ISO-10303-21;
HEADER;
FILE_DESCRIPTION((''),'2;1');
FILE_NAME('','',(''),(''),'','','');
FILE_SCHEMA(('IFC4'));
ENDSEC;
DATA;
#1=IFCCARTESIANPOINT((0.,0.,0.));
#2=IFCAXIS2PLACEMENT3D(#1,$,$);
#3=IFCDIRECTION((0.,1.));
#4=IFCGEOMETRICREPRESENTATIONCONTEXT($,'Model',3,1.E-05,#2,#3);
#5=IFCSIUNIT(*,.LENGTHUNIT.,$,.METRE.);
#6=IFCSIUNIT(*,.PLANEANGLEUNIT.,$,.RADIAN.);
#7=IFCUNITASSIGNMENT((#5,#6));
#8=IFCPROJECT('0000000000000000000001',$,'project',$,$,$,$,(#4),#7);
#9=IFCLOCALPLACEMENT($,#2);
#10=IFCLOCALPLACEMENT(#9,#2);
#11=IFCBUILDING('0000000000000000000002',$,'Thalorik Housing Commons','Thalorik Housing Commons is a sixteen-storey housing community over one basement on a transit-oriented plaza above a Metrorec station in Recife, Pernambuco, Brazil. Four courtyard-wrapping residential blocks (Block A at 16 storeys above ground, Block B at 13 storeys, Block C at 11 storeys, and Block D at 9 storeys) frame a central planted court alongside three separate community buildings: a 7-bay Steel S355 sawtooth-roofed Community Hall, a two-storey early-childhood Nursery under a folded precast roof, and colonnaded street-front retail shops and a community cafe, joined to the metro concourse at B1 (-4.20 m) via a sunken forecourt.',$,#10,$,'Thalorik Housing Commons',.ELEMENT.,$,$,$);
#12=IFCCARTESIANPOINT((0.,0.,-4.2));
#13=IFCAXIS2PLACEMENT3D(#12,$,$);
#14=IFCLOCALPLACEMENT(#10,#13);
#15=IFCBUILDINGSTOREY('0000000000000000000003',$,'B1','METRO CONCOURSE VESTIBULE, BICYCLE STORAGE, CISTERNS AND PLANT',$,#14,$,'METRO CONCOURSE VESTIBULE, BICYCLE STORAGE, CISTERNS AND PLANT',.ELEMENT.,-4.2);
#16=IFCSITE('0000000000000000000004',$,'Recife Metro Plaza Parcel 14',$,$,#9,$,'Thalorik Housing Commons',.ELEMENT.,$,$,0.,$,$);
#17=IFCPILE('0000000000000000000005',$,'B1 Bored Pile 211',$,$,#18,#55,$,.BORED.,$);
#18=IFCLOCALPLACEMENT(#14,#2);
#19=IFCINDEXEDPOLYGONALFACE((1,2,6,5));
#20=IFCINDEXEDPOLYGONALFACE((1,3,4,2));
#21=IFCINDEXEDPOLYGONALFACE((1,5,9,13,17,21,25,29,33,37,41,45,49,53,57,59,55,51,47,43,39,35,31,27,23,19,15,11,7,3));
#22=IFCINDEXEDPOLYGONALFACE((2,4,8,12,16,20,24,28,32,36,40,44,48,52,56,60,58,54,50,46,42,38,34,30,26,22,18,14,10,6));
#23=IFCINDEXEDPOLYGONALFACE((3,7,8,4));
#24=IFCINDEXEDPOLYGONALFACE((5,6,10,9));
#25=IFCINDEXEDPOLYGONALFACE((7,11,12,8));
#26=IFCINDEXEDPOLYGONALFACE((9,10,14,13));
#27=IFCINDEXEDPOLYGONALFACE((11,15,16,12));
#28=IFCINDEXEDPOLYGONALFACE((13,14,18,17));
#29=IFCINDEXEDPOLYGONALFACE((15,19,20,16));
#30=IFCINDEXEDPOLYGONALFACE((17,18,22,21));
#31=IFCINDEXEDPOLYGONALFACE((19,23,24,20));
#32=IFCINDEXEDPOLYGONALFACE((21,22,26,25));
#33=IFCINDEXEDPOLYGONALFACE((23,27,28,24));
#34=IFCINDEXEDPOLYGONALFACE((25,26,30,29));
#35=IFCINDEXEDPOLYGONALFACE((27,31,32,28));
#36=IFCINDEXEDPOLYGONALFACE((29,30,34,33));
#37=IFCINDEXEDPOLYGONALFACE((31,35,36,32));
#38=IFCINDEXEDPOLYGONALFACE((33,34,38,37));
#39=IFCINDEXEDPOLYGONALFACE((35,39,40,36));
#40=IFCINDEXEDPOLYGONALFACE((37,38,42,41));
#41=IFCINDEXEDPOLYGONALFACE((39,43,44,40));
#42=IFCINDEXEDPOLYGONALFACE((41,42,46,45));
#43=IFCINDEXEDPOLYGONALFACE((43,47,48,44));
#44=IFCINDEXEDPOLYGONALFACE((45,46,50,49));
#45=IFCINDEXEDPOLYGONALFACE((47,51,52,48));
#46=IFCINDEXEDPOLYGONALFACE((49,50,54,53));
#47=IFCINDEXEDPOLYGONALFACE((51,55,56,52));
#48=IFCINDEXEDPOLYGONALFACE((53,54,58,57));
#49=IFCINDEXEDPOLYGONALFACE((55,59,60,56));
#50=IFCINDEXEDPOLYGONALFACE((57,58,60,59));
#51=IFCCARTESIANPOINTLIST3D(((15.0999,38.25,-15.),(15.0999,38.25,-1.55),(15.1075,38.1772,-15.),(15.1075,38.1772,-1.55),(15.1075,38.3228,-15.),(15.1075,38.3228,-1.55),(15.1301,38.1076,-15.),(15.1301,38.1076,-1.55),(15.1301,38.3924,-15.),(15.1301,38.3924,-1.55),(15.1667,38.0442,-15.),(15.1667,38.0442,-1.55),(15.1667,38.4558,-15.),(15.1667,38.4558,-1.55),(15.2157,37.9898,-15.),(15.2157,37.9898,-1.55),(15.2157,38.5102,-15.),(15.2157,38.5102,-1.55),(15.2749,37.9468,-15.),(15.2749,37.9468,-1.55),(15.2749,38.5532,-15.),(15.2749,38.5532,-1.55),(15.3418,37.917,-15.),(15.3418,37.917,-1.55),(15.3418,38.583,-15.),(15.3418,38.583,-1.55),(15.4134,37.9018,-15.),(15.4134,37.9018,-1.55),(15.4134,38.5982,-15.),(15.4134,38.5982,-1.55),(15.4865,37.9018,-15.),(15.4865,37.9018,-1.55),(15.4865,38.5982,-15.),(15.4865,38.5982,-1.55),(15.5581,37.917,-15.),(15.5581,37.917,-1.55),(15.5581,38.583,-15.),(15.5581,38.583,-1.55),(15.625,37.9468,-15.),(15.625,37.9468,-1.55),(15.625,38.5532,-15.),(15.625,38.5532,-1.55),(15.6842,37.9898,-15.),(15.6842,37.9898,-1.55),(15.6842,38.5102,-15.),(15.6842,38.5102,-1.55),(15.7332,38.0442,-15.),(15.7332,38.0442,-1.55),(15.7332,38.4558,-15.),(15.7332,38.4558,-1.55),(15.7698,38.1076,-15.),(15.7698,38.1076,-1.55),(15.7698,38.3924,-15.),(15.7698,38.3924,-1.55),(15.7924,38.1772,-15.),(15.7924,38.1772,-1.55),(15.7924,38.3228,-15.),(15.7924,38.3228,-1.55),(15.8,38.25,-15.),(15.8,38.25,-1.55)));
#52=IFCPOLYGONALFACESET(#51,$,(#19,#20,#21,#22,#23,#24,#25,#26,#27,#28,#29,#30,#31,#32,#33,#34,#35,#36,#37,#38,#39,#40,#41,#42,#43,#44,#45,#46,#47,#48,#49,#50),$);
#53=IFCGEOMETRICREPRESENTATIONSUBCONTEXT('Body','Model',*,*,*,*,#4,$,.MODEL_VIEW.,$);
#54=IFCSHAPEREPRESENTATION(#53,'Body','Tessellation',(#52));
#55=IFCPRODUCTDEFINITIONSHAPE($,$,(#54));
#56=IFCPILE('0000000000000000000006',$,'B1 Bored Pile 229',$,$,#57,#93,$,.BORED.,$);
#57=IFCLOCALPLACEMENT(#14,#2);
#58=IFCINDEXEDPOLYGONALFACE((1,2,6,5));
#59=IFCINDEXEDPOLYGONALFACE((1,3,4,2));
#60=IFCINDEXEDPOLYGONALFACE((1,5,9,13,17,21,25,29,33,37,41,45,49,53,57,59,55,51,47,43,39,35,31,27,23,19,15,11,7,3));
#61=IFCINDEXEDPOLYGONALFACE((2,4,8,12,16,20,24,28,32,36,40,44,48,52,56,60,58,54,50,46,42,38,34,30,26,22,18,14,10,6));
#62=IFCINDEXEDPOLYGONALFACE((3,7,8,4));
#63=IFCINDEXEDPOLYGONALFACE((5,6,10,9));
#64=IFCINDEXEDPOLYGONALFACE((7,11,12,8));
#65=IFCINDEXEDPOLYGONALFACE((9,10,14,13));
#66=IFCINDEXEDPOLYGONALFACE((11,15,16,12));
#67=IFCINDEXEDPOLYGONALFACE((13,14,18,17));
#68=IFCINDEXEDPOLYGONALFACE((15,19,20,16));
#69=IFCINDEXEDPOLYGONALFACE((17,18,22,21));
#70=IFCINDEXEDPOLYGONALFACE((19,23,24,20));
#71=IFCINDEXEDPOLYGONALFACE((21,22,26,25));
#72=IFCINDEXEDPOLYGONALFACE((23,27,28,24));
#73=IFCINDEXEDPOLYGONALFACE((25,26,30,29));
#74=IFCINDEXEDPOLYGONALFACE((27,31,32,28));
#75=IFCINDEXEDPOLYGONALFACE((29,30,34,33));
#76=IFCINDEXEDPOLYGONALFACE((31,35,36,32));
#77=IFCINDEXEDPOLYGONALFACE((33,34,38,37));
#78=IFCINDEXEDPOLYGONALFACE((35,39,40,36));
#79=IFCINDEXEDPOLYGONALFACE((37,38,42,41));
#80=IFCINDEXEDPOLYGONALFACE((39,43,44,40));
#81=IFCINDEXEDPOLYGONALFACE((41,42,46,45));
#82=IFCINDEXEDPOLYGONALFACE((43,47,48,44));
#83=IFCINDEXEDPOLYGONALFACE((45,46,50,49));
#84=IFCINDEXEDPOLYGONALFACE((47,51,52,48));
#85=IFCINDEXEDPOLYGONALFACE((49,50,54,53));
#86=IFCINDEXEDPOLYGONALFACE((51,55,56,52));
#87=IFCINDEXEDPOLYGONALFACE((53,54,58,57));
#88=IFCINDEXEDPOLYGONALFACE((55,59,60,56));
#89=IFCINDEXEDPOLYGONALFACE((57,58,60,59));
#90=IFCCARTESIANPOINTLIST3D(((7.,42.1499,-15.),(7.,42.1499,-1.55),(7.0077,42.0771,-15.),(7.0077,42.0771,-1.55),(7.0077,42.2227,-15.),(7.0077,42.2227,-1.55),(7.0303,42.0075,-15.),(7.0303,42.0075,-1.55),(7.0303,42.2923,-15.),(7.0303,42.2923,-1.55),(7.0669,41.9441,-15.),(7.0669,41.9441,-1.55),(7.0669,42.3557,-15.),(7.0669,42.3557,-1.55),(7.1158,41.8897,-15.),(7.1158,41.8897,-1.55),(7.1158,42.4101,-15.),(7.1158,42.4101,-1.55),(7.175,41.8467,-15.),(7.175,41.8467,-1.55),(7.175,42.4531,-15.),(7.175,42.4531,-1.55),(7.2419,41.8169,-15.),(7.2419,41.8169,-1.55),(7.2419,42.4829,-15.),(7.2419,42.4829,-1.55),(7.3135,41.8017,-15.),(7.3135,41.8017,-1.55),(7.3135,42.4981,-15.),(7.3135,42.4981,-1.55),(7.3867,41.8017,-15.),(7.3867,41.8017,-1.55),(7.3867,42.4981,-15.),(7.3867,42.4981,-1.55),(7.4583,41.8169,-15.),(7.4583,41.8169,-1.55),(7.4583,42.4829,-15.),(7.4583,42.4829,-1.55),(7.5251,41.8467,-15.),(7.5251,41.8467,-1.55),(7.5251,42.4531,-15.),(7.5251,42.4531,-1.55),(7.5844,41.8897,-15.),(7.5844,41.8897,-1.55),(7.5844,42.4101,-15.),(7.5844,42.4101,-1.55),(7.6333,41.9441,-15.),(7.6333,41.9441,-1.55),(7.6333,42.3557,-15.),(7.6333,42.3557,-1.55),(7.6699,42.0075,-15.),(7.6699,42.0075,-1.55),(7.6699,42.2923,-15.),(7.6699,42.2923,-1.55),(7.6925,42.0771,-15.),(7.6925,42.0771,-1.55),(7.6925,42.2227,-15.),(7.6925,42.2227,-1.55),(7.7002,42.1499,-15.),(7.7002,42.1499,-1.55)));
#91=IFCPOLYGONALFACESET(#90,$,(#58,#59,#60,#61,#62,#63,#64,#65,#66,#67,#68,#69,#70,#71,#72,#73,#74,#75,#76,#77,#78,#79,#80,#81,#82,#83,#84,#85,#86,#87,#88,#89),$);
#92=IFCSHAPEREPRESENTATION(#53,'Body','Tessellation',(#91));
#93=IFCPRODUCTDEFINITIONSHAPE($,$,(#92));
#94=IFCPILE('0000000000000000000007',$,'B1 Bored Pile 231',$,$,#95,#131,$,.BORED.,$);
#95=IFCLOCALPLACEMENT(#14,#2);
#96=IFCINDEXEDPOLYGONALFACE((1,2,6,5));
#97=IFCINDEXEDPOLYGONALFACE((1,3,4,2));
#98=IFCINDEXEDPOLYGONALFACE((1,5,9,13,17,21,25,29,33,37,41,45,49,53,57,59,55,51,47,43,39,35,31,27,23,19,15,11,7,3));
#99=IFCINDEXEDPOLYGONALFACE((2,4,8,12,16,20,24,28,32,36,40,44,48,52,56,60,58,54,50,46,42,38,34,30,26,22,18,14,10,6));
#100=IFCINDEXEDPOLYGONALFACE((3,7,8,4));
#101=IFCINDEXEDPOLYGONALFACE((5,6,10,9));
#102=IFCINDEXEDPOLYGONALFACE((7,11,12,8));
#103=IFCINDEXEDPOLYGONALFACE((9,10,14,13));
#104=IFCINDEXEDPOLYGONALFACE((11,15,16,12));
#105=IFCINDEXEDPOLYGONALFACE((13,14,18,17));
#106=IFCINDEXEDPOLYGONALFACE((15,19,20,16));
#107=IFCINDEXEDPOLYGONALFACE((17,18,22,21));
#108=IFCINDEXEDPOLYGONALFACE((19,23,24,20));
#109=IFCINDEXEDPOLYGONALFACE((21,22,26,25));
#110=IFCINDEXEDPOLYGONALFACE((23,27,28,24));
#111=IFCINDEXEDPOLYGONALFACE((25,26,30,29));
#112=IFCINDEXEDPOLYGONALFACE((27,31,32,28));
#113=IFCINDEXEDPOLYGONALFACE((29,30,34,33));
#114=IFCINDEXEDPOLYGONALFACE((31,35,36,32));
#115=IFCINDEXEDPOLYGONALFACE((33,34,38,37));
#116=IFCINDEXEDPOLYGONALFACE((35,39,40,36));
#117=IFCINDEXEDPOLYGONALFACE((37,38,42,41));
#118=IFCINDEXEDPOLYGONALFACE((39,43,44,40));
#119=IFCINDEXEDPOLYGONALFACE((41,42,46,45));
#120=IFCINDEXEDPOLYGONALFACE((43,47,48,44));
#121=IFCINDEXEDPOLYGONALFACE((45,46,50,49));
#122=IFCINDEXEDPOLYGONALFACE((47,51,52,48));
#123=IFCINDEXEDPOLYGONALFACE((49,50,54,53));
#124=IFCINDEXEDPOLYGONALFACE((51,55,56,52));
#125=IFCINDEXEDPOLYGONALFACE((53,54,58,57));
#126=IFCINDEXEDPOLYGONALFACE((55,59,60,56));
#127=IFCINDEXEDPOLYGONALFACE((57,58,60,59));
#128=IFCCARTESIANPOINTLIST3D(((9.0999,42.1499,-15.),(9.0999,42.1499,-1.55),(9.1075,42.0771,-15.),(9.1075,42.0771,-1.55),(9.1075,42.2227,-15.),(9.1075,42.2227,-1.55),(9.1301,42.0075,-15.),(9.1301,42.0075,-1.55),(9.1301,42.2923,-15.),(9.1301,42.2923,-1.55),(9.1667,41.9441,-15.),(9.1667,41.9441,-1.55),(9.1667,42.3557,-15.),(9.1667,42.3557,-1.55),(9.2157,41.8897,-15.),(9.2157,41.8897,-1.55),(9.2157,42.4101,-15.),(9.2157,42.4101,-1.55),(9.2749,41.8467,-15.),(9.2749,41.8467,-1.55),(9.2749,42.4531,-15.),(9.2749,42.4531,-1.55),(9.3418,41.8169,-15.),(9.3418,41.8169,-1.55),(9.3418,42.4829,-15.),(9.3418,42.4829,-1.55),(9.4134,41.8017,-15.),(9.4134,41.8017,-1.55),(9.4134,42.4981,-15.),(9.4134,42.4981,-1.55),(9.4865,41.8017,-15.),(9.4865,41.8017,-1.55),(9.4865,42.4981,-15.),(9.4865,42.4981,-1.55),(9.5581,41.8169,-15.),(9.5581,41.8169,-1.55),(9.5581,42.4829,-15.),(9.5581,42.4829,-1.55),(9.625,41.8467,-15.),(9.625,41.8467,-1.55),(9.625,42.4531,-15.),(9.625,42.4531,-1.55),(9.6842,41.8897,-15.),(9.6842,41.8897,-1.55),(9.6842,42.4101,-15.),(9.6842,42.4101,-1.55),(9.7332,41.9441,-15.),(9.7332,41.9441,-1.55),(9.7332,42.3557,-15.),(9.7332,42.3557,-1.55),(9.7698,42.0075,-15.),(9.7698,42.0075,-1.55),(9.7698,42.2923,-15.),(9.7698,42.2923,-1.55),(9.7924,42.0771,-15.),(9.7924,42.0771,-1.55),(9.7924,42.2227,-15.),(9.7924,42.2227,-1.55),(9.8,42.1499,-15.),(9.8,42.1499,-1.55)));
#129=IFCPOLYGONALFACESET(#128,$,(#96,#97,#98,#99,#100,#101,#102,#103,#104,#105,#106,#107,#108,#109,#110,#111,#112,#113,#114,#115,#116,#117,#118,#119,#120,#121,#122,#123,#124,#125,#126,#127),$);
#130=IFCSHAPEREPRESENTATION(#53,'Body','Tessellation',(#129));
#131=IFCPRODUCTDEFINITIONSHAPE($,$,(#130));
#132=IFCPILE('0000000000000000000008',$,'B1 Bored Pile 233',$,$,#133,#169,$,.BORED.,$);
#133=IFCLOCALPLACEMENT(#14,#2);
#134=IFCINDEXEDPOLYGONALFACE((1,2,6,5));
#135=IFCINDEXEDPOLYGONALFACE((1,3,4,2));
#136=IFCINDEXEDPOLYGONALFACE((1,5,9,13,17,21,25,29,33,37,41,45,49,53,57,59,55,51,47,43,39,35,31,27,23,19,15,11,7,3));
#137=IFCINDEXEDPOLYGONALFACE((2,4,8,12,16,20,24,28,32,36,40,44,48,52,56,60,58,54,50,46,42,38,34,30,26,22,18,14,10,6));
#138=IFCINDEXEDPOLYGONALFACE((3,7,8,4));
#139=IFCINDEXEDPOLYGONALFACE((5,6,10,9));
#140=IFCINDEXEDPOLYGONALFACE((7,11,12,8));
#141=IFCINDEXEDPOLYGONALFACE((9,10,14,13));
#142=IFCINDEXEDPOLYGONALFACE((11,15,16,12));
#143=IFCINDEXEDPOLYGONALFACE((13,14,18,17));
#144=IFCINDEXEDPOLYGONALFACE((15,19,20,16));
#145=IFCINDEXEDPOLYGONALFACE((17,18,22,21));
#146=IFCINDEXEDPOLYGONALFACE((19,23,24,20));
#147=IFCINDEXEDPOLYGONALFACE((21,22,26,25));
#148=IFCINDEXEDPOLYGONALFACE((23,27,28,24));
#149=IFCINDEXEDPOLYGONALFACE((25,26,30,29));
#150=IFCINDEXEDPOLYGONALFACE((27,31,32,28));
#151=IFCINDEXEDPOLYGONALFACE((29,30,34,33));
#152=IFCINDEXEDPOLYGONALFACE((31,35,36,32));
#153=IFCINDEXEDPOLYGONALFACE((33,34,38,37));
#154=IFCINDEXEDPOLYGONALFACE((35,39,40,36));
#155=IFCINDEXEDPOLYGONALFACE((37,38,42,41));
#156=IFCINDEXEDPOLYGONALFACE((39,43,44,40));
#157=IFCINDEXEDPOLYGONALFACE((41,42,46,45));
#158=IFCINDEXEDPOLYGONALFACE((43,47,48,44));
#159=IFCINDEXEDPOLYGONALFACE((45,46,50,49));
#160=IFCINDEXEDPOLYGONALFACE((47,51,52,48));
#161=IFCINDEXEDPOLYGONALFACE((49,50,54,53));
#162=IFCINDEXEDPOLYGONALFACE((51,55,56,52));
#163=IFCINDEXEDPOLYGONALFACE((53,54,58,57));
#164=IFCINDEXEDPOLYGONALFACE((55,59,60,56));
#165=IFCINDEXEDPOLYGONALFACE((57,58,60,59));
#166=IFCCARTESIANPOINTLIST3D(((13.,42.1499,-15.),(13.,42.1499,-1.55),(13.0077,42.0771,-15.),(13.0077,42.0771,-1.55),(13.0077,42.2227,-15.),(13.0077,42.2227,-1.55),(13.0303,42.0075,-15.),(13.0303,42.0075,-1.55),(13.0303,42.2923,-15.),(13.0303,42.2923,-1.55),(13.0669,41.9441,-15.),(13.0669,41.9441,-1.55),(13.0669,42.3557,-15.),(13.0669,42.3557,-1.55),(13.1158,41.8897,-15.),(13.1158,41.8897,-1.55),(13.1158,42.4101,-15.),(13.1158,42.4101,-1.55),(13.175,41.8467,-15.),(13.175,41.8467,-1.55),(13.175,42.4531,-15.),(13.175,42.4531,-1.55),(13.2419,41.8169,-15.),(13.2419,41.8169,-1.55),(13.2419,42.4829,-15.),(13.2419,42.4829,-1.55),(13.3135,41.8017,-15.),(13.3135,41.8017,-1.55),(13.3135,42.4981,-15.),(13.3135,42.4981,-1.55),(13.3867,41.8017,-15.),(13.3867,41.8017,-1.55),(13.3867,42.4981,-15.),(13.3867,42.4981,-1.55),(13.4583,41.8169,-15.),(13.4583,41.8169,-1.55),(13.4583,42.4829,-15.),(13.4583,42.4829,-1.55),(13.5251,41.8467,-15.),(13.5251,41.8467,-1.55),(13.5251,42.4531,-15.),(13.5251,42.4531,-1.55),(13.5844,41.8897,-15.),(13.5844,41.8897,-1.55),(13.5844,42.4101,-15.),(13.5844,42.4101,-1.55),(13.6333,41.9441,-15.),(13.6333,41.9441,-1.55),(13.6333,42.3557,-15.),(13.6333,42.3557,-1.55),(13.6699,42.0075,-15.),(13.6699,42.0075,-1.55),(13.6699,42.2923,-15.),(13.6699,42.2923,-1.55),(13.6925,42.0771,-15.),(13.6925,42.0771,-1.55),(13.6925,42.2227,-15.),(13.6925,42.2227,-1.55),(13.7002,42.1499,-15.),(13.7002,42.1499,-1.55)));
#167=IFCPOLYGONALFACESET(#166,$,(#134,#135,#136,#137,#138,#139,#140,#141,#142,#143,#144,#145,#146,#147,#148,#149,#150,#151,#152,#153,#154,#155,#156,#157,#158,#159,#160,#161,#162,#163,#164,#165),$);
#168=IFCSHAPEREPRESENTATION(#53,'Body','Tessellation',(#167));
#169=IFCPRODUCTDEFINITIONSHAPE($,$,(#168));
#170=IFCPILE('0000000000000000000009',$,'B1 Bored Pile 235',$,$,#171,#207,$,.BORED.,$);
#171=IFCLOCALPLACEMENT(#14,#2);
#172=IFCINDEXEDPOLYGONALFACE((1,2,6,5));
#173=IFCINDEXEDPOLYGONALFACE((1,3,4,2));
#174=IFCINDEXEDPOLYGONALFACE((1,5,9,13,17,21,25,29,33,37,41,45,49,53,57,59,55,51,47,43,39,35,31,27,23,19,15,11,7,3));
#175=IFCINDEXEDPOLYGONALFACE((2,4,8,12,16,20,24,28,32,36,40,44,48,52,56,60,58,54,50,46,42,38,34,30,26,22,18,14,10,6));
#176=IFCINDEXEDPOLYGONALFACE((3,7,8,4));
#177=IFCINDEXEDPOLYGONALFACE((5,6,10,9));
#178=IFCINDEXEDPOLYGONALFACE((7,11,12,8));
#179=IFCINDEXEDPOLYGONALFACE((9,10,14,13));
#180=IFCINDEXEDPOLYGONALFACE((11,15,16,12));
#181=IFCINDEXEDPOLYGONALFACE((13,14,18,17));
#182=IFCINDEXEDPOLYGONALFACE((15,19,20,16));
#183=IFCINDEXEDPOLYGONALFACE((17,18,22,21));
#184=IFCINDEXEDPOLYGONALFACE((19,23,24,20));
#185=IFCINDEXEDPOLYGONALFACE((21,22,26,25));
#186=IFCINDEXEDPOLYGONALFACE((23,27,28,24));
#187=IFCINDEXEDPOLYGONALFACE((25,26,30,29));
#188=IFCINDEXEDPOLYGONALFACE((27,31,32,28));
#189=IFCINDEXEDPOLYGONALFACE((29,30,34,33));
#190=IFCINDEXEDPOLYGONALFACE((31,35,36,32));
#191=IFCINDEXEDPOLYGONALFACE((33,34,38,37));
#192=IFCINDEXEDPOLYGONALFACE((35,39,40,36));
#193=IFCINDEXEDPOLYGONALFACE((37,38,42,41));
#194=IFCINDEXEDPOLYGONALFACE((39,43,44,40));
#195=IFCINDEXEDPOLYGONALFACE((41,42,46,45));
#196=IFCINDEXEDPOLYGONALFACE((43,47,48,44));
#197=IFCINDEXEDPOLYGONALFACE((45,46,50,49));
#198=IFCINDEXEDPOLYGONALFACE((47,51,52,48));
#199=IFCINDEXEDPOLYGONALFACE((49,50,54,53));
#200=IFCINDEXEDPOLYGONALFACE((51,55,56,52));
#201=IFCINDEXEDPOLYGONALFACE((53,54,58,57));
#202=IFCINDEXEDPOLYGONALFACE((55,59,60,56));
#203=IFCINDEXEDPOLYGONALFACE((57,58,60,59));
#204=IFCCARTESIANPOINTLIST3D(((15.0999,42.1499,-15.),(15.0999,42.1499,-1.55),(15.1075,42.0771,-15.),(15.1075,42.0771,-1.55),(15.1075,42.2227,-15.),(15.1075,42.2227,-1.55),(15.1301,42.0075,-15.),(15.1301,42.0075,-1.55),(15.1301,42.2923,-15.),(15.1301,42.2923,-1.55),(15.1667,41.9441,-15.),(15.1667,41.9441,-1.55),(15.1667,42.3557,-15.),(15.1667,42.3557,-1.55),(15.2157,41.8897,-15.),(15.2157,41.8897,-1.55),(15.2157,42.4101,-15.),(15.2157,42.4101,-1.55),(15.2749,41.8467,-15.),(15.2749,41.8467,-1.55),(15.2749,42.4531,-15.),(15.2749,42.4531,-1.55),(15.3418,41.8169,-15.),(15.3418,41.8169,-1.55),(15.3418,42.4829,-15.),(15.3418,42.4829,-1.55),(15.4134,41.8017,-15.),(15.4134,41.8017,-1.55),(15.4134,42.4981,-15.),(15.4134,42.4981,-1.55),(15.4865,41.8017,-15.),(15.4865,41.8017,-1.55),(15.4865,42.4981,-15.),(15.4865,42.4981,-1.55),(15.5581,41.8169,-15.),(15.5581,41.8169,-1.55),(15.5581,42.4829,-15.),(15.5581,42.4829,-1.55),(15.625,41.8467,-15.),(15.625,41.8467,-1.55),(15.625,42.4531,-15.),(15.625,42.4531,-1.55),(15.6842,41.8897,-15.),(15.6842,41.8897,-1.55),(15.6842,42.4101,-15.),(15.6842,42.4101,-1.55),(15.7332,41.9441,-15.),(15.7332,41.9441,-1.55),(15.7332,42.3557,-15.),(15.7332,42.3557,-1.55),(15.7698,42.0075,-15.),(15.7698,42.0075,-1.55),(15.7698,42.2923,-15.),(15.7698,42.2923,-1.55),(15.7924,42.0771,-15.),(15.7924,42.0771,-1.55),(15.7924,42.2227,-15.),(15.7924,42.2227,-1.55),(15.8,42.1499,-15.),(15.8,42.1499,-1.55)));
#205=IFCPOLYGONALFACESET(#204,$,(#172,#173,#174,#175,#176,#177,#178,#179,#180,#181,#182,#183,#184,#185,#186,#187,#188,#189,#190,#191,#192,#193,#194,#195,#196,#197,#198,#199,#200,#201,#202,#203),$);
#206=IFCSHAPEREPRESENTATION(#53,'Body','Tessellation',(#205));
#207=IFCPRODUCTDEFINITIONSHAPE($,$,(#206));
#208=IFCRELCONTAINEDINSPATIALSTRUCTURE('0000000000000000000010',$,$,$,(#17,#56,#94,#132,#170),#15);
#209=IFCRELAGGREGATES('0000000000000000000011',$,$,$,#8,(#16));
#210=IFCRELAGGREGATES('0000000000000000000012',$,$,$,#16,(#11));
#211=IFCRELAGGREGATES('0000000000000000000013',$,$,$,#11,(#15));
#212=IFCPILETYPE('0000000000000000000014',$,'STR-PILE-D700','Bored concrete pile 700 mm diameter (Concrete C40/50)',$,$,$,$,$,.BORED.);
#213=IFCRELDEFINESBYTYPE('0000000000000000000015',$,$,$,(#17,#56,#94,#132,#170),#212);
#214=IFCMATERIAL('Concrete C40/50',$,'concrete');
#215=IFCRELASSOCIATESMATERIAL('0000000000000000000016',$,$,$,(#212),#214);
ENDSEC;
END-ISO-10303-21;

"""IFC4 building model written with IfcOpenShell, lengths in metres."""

from ifc_helpers import new_model, si_unit, direction, frame, origin, origin_2d, place, context, subcontext, project, spatial, circle, extrude, material, material_profile, profile_set, type_object, element, save


model = new_model("IFC4")

# Units and contexts
model_context = context("Model", 3, precision=1e-05, world=origin(), true_north=direction((0.0, 1.0)))
body_context = subcontext(model_context, "Body", "Model", "MODEL_VIEW")
ifc_project = project(units=[si_unit("LENGTHUNIT", "METRE"), si_unit("PLANEANGLEUNIT", "RADIAN")], contexts=[model_context])

# Site, building, storey
site_placement = place(None, origin())
site = spatial("IfcSite", under=ifc_project, at=site_placement, Name="Recife Metro Plaza Parcel 14", LongName="Thalorik Housing Commons", CompositionType="ELEMENT", RefElevation=0.0)
building_placement = place(site_placement, origin())
building = spatial("IfcBuilding", under=site, at=building_placement, Name="Thalorik Housing Commons", Description="Thalorik Housing Commons is a sixteen-storey housing community over one basement on a transit-oriented plaza above a Metrorec station in Recife, Pernambuco, Brazil. Four courtyard-wrapping residential blocks (Block A at 16 storeys above ground, Block B at 13 storeys, Block C at 11 storeys, and Block D at 9 storeys) frame a central planted court alongside three separate community buildings: a 7-bay Steel S355 sawtooth-roofed Community Hall, a two-storey early-childhood Nursery under a folded precast roof, and colonnaded street-front retail shops and a community cafe, joined to the metro concourse at B1 (-4.20 m) via a sunken forecourt.", LongName="Thalorik Housing Commons", CompositionType="ELEMENT")
storey_placement = place(building_placement, frame((0.0, 0.0, -4.2)))
storey = spatial("IfcBuildingStorey", under=building, at=storey_placement, Name="B1", Description="METRO CONCOURSE VESTIBULE, BICYCLE STORAGE, CISTERNS AND PLANT", LongName="METRO CONCOURSE VESTIBULE, BICYCLE STORAGE, CISTERNS AND PLANT", CompositionType="ELEMENT", Elevation=-4.2)

# Shared definitions
ifc_material_1 = material(Name="Concrete C40/50", Category="concrete")

# Piles
ifc_material_profile_1 = material_profile(ifc_material_1, circle(Radius=0.3501, at=origin_2d()), Name="BORED PILE D700", Category="concrete")
ifc_profile_set_1 = profile_set([ifc_material_profile_1], Name="Concrete C40/50")
pile_type = type_object("IfcPileType", Name="STR-PILE-D700", Description="Bored concrete pile 700 mm diameter (Concrete C40/50)", PredefinedType="BORED", material=ifc_profile_set_1)
for number, where, z_axis, x_axis, name in (
    (1, (15.45, 38.25, -1.55), (0.0, 0.0, -1.0), (1.0, 0.0, 0.0), "B1 Bored Pile 211"),
    (2, (7.3501, 42.1499, -1.55), (0.0, 0.0, -1.0), (1.0, 0.0, 0.0), "B1 Bored Pile 229"),
    (3, (9.45, 42.1499, -1.55), (0.0, 0.0, -1.0), (1.0, 0.0, 0.0), "B1 Bored Pile 231"),
    (4, (13.3501, 42.1499, -1.55), (0.0, 0.0, -1.0), (1.0, 0.0, 0.0), "B1 Bored Pile 233"),
    (5, (15.45, 42.1499, -1.55), (0.0, 0.0, -1.0), (1.0, 0.0, 0.0), "B1 Bored Pile 235"),
):
    element("IfcPile", number, at=place(storey_placement, frame(where, z_axis=z_axis, x_axis=x_axis)), inside=storey, type_object=pile_type, Name=name, PredefinedType="BORED", context=body_context, shape_type="SweptSolid", body=[
        extrude(circle(Radius=0.3501, at=origin_2d()), origin(), (0.0, 0.0, 1.0), 13.45),
    ])

save(model, "model.ifc")
